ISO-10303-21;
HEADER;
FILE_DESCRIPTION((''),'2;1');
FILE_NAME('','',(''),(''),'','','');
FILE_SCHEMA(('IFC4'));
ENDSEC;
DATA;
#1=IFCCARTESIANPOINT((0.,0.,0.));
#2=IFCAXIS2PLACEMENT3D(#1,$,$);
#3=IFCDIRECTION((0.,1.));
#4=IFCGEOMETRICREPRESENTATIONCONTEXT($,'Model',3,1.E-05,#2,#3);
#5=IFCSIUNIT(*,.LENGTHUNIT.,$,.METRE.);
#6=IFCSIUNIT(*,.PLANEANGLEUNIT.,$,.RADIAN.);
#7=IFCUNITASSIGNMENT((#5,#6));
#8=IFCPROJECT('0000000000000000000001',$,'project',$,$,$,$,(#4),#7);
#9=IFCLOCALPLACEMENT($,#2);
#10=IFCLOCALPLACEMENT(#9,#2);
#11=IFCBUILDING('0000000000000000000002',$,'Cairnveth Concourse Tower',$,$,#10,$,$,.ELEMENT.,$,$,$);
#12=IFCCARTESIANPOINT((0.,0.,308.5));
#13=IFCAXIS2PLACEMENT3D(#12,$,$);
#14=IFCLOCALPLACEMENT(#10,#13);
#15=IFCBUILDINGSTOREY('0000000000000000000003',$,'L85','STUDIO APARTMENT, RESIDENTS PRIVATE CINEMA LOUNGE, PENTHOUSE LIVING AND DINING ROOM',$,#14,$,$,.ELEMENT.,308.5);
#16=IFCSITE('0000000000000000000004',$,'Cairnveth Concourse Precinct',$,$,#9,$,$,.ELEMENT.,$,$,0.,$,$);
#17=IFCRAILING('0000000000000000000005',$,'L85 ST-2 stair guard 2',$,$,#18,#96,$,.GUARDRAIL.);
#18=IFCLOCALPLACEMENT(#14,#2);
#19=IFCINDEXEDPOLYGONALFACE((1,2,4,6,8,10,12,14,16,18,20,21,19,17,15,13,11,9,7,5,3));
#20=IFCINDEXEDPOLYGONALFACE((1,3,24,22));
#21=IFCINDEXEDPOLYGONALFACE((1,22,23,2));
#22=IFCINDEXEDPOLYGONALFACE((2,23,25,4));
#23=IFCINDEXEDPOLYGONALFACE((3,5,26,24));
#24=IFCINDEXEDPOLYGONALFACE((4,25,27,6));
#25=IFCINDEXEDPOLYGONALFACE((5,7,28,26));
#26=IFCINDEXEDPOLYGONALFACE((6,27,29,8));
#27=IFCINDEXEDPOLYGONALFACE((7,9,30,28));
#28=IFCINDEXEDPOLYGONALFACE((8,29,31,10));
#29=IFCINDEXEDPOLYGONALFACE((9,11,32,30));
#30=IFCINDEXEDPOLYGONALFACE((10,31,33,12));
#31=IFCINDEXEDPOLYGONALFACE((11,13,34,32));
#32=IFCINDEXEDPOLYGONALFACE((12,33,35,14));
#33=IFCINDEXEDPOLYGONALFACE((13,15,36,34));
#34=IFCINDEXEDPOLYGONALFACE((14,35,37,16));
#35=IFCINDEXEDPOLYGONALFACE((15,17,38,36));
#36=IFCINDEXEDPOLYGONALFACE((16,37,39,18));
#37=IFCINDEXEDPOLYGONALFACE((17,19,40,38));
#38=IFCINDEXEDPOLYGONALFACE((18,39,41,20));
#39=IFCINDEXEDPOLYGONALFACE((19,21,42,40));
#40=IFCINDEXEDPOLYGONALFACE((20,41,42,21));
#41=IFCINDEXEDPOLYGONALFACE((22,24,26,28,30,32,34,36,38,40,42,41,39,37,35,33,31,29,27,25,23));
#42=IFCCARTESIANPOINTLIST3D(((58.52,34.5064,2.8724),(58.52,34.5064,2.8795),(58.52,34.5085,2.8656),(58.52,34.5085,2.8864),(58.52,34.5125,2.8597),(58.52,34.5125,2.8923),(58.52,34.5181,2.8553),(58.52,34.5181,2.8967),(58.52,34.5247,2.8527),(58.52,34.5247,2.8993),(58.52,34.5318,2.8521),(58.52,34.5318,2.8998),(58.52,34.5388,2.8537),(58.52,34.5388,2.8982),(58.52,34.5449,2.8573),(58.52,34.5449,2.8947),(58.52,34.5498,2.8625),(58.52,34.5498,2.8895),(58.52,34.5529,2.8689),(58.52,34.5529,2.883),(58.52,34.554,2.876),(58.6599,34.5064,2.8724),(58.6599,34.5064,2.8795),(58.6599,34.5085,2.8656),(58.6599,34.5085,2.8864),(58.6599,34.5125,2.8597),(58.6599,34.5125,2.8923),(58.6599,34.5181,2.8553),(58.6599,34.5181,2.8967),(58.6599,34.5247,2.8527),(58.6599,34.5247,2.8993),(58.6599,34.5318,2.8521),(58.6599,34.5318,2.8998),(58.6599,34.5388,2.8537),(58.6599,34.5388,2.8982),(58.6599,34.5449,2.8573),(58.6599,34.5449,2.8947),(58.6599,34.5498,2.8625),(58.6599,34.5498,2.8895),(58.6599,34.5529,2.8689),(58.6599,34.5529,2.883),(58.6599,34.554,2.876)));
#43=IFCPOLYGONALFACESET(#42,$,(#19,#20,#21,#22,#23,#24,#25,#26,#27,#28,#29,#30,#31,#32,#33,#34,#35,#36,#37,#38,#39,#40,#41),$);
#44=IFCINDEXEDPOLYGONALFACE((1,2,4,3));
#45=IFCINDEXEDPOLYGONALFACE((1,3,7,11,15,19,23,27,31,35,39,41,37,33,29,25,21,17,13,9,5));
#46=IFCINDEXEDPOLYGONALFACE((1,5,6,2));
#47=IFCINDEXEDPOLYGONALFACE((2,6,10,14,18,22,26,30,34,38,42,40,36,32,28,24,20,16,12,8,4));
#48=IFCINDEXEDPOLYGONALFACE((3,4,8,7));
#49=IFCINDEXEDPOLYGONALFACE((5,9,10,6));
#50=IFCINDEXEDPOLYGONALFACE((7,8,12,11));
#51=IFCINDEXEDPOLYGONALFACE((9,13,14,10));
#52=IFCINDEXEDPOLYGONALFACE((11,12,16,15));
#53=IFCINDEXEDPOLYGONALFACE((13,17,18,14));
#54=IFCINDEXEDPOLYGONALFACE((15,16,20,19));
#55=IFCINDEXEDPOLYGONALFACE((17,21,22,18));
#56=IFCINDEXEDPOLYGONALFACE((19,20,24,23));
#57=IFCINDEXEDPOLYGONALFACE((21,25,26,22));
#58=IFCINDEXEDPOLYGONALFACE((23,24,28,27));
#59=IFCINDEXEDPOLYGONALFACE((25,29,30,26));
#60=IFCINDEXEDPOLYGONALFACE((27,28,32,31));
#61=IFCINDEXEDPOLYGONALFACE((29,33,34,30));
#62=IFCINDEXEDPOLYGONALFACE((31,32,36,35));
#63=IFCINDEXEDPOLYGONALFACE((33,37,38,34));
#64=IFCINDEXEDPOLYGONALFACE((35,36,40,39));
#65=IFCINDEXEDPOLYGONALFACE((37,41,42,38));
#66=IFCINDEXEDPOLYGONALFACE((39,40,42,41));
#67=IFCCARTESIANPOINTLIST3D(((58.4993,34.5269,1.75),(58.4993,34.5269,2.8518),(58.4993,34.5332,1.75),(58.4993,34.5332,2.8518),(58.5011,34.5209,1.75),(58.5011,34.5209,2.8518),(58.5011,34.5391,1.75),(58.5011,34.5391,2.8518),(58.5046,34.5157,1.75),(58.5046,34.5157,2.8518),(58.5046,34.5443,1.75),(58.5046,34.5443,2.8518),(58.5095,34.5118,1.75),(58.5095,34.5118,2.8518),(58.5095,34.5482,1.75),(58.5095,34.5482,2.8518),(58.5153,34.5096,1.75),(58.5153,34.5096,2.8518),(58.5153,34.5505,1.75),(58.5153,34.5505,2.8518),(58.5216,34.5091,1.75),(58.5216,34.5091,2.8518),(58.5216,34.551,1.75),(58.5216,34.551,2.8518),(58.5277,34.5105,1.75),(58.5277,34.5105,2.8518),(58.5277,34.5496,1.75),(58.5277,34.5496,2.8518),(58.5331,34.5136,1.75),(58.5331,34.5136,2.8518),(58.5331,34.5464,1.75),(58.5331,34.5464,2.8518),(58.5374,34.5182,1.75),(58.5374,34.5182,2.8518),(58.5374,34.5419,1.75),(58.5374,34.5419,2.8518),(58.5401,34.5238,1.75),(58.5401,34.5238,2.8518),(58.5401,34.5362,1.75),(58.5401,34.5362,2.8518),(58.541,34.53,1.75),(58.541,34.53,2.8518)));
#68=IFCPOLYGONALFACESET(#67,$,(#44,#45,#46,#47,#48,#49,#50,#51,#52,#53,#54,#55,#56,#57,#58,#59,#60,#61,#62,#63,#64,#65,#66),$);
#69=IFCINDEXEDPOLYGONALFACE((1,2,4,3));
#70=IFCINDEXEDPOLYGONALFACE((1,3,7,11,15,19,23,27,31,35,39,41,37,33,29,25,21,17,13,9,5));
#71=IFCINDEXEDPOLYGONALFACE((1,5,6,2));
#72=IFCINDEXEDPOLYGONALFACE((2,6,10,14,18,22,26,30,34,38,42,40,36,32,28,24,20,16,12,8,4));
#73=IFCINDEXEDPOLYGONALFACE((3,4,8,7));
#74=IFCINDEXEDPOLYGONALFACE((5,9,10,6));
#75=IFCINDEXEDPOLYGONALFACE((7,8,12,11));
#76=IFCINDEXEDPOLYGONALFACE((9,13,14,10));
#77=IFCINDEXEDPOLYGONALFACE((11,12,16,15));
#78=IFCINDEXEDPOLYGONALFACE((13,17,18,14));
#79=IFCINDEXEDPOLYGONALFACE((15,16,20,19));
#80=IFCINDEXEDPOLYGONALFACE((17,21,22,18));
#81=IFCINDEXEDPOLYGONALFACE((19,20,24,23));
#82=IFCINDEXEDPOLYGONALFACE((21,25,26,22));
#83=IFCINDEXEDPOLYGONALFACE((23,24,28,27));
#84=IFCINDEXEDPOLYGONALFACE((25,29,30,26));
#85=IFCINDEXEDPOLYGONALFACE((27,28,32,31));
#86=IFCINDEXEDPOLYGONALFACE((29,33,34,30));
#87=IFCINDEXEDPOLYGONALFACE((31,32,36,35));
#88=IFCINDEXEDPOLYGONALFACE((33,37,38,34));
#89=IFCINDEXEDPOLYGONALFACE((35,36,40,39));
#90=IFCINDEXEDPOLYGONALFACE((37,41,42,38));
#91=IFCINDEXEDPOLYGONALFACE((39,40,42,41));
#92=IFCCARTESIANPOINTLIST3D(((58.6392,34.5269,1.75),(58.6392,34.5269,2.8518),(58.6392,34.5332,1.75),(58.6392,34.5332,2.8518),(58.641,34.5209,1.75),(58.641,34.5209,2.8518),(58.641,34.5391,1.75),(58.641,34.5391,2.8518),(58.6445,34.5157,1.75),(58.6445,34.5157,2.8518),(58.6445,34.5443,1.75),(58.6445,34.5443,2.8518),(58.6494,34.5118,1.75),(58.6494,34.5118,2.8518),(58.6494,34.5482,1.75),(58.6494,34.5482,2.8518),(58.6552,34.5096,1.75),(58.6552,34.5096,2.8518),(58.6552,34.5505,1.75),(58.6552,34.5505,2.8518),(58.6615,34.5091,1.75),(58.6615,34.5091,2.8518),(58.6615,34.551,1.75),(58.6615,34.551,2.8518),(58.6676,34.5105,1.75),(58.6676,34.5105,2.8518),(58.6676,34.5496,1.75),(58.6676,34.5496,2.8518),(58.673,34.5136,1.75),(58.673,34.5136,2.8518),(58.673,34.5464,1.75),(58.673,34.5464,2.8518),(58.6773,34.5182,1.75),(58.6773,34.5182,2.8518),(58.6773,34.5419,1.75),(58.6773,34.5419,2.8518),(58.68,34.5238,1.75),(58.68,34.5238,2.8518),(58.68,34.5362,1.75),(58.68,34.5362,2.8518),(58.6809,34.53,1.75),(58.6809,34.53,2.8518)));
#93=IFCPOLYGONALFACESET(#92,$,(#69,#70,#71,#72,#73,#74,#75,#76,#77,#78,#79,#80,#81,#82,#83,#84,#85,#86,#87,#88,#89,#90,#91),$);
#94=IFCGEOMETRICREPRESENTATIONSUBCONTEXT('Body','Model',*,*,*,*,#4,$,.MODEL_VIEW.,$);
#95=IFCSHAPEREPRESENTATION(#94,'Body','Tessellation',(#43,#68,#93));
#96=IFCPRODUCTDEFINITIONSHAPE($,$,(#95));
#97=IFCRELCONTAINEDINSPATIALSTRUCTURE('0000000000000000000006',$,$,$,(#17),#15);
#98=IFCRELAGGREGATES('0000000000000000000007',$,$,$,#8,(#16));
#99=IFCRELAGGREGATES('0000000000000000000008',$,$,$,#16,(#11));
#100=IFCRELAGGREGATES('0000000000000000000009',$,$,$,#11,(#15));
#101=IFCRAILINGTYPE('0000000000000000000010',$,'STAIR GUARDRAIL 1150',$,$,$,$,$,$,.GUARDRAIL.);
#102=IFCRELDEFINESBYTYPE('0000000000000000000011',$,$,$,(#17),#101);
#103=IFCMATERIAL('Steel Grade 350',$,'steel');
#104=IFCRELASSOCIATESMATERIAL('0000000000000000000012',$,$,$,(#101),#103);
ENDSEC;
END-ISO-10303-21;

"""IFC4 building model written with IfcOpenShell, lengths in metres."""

from ifc_helpers import new_model, si_unit, direction, frame, origin, origin_2d, place, context, subcontext, project, spatial, circle, extrude, material, type_object, element, save


model = new_model("IFC4")

# Units and contexts
model_context = context("Model", 3, precision=1e-05, world=origin(), true_north=direction((0.0, 1.0)))
body_context = subcontext(model_context, "Body", "Model", "MODEL_VIEW")
ifc_project = project(units=[si_unit("LENGTHUNIT", "METRE"), si_unit("PLANEANGLEUNIT", "RADIAN")], contexts=[model_context])

# Site, building, storey
site_placement = place(None, origin())
site = spatial("IfcSite", under=ifc_project, at=site_placement, Name="Cairnveth Concourse Precinct", CompositionType="ELEMENT", RefElevation=0.0)
building_placement = place(site_placement, origin())
building = spatial("IfcBuilding", under=site, at=building_placement, Name="Cairnveth Concourse Tower", CompositionType="ELEMENT")
storey_placement = place(building_placement, frame((0.0, 0.0, 308.5)))
storey = spatial("IfcBuildingStorey", under=building, at=storey_placement, Name="L85", Description="STUDIO APARTMENT, RESIDENTS PRIVATE CINEMA LOUNGE, PENTHOUSE LIVING AND DINING ROOM", CompositionType="ELEMENT", Elevation=308.5)

# Shared definitions
ifc_material_1 = material(Name="Steel Grade 350", Category="steel")

# Railing
railing_type_1 = type_object("IfcRailingType", Name="STAIR GUARDRAIL 1150", PredefinedType="GUARDRAIL", material=ifc_material_1)
railing_1_placement = place(storey_placement, frame((58.52, 34.53, 1.75)))
element("IfcRailing", 1, at=railing_1_placement, inside=storey, type_object=railing_type_1, Name="L85 ST-2 stair guard 2", PredefinedType="GUARDRAIL", context=body_context, shape_type="SweptSolid", body=[
    extrude(circle(Radius=0.0239, at=origin_2d()), frame((0.0, 0.0, 1.126), z_axis=(1.0, 0.0, 0.0), x_axis=(0.0, 1.0, 0.0)), (0.0, 0.0, 1.0), 0.1399),
    extrude(circle(Radius=0.021, at=origin_2d()), origin(), (0.0, 0.0, 1.0), 1.1018),
    extrude(circle(Radius=0.021, at=origin_2d()), frame((0.1399, 0.0, 0.0)), (0.0, 0.0, 1.0), 1.1018),
])

save(model, "model.ifc")
